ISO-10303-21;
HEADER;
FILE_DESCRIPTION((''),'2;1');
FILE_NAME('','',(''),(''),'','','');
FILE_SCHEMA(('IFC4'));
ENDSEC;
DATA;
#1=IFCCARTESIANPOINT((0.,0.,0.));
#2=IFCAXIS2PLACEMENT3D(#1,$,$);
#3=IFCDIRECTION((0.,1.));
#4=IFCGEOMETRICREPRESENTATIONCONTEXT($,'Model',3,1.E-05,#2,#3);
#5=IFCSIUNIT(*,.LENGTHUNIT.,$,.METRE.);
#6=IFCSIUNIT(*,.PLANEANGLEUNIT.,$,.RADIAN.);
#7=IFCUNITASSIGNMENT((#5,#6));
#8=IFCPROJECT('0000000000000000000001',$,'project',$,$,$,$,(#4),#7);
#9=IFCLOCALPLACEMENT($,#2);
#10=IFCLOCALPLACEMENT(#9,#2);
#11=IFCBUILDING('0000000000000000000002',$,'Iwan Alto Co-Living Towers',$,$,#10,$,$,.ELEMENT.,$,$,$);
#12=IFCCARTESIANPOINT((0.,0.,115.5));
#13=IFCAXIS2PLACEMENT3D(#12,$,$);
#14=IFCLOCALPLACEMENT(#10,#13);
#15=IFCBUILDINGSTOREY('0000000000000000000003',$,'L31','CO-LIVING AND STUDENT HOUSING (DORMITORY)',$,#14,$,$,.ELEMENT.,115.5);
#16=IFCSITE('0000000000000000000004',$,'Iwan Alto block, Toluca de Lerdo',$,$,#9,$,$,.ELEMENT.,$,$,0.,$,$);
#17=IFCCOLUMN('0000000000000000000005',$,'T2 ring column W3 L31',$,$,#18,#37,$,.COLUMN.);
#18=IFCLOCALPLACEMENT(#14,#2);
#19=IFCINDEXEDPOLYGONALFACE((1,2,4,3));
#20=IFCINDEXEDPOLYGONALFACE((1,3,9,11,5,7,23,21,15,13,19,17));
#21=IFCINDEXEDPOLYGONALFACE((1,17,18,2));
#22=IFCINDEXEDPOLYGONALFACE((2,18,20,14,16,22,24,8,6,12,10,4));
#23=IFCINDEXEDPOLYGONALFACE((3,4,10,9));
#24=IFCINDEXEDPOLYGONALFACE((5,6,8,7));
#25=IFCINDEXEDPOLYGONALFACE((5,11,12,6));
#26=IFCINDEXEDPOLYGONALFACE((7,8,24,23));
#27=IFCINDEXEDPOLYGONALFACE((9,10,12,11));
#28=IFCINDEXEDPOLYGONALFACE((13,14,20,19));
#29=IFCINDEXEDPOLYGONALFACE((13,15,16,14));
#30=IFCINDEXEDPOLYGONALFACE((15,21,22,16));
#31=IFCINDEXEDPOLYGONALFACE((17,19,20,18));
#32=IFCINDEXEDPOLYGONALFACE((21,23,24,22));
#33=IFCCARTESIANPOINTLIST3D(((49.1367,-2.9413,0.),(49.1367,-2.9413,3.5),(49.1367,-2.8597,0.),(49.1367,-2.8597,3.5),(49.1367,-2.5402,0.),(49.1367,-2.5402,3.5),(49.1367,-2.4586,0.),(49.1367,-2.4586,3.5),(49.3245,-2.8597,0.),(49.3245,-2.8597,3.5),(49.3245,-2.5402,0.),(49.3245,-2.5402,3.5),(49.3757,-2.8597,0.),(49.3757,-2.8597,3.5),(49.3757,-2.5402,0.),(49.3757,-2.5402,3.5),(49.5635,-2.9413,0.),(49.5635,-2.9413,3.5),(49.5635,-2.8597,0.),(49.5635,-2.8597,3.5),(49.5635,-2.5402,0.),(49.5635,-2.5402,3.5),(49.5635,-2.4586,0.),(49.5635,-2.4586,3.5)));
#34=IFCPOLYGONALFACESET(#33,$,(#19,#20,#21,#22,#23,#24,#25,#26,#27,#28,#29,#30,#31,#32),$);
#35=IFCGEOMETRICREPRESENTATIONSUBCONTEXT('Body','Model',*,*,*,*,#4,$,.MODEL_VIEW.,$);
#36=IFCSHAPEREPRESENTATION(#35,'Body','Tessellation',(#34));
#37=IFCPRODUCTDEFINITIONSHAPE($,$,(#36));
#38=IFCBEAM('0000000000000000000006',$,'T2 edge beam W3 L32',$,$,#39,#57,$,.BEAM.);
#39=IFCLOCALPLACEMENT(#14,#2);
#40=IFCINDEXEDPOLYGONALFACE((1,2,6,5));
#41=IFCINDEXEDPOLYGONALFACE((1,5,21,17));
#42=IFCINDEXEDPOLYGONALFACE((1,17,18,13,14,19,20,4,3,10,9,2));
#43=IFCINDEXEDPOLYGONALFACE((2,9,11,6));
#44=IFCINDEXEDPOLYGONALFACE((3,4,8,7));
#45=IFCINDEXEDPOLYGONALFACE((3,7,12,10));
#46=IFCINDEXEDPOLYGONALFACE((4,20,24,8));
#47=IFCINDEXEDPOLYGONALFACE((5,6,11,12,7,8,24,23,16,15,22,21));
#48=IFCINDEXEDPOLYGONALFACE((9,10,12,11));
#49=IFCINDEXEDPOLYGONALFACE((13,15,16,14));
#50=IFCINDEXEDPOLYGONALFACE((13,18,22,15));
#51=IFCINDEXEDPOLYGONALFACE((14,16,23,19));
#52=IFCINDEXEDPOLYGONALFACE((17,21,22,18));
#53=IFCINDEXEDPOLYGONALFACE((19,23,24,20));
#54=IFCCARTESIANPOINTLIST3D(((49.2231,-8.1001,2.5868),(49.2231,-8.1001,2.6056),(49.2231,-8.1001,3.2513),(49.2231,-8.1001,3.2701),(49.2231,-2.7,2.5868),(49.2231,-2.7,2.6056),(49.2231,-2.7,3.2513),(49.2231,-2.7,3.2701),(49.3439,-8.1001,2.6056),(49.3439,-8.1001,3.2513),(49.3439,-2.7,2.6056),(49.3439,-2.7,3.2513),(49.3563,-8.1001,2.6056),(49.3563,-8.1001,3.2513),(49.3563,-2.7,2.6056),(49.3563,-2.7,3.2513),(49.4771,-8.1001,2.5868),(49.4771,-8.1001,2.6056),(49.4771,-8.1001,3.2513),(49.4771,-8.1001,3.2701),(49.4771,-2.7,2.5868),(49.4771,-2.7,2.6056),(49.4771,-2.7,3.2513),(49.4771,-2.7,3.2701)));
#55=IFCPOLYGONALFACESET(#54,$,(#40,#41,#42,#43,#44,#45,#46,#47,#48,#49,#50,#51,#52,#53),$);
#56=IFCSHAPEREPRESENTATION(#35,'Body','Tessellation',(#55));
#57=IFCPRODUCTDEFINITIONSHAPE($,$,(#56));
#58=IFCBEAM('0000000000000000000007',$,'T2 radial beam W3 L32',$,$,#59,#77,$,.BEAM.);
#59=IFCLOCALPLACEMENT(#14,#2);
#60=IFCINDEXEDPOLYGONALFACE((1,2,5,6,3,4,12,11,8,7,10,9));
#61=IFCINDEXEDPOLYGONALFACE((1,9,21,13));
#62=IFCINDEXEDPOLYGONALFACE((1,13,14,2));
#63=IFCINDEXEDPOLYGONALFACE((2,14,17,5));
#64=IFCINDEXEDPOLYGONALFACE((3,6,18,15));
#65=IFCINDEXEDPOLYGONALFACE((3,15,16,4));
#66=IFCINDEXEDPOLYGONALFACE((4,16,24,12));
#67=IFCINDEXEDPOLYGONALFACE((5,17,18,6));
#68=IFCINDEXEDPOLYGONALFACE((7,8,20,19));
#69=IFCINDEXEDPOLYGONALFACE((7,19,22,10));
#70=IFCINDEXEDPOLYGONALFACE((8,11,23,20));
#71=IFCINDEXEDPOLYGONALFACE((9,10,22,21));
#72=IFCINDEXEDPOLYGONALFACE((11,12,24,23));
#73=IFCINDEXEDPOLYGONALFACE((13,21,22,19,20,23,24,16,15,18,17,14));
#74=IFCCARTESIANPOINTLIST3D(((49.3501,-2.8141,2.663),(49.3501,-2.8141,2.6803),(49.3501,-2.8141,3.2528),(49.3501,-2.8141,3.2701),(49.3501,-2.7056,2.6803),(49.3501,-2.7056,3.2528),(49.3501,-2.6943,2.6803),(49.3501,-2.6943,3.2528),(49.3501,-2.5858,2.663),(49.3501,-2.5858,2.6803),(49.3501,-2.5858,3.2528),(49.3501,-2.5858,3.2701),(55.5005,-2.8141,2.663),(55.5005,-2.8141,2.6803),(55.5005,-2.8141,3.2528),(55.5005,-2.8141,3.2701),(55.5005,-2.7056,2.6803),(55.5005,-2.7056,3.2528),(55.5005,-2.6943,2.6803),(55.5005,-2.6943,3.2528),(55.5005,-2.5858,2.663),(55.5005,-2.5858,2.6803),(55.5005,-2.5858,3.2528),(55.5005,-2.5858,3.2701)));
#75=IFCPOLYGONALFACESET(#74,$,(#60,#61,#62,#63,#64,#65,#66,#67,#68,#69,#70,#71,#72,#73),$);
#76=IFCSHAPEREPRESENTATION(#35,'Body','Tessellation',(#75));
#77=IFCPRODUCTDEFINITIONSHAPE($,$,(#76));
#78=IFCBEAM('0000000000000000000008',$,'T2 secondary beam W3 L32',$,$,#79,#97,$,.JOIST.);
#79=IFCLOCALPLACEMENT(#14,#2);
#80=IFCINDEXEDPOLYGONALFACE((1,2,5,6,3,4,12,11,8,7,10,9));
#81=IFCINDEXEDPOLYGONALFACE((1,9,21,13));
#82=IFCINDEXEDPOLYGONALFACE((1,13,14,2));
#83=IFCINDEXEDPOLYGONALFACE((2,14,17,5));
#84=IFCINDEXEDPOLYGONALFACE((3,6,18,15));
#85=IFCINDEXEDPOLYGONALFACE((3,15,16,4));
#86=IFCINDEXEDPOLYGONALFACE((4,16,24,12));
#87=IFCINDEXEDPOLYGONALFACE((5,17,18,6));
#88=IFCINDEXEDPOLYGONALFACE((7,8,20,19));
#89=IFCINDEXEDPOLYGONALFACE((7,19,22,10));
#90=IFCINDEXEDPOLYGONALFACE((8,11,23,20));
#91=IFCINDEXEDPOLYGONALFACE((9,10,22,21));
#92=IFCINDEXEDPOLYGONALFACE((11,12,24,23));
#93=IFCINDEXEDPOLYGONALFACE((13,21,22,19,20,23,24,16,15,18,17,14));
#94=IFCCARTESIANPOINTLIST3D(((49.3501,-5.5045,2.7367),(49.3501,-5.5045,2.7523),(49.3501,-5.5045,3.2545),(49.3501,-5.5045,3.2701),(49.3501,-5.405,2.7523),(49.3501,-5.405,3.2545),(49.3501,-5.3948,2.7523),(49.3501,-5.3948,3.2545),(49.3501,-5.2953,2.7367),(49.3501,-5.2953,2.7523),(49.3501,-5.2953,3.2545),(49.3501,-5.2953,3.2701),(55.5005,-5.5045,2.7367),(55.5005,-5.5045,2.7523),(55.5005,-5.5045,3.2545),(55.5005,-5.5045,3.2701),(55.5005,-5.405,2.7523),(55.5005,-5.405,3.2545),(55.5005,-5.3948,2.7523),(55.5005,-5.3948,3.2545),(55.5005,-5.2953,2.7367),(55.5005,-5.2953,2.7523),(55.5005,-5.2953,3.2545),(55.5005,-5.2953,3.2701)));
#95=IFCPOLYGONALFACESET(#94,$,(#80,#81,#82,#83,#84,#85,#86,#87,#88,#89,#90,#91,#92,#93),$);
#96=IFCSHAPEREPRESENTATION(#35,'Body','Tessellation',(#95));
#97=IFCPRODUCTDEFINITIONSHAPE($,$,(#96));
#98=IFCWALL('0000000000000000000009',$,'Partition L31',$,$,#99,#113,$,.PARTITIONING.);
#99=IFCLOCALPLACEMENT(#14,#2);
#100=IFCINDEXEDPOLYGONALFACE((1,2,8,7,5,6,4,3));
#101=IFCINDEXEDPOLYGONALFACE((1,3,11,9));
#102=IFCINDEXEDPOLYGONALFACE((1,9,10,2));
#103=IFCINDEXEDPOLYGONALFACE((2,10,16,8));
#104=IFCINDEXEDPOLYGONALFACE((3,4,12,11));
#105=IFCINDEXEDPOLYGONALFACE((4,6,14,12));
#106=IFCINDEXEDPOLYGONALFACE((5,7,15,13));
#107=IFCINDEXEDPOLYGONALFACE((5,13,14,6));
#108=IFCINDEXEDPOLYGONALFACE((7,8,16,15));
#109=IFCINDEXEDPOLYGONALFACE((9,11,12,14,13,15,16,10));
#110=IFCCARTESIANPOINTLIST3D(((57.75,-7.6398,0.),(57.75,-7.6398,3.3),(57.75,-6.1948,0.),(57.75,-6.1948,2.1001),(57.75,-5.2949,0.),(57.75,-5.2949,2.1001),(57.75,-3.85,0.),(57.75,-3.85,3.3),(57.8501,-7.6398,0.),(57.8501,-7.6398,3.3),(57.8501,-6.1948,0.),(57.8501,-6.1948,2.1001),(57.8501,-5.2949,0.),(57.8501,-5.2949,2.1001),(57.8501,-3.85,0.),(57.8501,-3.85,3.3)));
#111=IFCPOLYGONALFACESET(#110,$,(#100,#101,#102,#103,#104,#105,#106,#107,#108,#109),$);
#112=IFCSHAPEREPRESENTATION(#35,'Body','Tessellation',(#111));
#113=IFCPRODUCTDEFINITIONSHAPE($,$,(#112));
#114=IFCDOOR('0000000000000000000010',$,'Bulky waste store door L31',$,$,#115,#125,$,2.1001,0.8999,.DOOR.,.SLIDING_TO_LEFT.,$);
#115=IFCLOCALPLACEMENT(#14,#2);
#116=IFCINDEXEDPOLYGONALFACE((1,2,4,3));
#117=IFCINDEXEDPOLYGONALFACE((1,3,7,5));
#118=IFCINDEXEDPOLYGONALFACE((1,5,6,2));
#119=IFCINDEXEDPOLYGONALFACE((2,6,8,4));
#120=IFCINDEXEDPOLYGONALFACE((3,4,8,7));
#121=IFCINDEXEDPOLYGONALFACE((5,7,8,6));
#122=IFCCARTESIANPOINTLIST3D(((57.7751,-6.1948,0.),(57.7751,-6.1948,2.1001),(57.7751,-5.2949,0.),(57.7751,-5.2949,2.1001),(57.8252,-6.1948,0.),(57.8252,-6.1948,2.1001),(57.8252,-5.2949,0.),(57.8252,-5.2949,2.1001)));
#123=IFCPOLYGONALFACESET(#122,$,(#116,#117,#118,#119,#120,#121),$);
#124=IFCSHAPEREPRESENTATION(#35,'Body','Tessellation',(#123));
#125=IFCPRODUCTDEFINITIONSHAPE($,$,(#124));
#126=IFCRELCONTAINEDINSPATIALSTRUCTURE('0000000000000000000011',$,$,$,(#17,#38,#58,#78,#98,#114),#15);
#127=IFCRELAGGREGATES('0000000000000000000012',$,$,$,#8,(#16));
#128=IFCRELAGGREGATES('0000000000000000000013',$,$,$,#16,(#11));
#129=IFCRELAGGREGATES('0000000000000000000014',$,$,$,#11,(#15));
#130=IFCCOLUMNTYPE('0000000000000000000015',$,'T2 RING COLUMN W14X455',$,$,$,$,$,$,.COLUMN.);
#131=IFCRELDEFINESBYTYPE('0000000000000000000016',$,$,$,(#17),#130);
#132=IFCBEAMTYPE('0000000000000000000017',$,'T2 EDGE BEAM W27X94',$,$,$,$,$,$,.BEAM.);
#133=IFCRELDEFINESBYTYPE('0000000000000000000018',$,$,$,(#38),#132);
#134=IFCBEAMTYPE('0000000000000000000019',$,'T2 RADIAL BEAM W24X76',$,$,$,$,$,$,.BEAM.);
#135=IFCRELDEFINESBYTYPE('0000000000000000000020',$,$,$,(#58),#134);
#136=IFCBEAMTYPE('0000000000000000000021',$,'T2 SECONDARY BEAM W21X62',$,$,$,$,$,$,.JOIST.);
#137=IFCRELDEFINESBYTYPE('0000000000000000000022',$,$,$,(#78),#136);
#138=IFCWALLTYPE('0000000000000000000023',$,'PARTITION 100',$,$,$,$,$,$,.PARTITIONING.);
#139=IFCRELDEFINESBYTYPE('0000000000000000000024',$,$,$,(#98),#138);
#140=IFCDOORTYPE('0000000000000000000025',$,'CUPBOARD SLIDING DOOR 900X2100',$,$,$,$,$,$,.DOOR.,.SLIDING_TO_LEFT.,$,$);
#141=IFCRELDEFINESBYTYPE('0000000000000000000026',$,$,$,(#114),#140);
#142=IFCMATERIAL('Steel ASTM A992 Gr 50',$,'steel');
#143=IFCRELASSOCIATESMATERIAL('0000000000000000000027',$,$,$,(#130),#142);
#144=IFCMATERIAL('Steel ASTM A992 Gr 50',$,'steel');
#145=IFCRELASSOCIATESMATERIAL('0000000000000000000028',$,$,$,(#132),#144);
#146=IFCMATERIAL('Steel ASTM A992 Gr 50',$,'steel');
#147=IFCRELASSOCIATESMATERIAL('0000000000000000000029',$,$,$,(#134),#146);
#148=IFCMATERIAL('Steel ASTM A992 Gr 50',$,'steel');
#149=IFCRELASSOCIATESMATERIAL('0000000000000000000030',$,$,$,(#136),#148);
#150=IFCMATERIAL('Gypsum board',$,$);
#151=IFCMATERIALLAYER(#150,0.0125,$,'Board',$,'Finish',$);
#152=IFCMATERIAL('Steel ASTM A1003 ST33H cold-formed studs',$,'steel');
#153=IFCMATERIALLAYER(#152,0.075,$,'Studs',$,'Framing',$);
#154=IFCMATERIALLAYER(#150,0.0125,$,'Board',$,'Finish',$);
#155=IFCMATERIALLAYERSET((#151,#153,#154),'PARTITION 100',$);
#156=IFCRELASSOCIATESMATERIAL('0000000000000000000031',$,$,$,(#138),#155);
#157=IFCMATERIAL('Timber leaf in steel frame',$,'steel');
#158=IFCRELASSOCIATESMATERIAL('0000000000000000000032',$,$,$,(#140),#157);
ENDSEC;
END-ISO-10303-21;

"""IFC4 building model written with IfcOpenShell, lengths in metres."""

from ifc_helpers import new_model, si_unit, direction, frame, frame_2d, origin, origin_2d, place, context, subcontext, project, spatial, rectangle, i_section, extrude, material, layer, layer_set, material_profile, profile_set, type_object, element, fill, save


model = new_model("IFC4")

# Units and contexts
model_context = context("Model", 3, precision=1e-05, world=origin(), true_north=direction((0.0, 1.0)))
body_context = subcontext(model_context, "Body", "Model", "MODEL_VIEW")
ifc_project = project(units=[si_unit("LENGTHUNIT", "METRE"), si_unit("PLANEANGLEUNIT", "RADIAN")], contexts=[model_context])

# Site, building, storey
site_placement = place(None, origin())
site = spatial("IfcSite", under=ifc_project, at=site_placement, Name="Iwan Alto block, Toluca de Lerdo", CompositionType="ELEMENT", RefElevation=0.0)
building_placement = place(site_placement, origin())
building = spatial("IfcBuilding", under=site, at=building_placement, Name="Iwan Alto Co-Living Towers", CompositionType="ELEMENT")
storey_placement = place(building_placement, frame((0.0, 0.0, 115.5)))
storey = spatial("IfcBuildingStorey", under=building, at=storey_placement, Name="L31", Description="CO-LIVING AND STUDENT HOUSING (DORMITORY)", CompositionType="ELEMENT", Elevation=115.5)

# Column
ifc_material_1 = material(Name="Steel ASTM A992 Gr 50", Category="steel")
ifc_material_profile_1 = material_profile(ifc_material_1, i_section(OverallWidth=0.4268, OverallDepth=0.4827, WebThickness=0.0513, FlangeThickness=0.0815, at=origin_2d()), Name="W14X455")
ifc_profile_set_1 = profile_set([ifc_material_profile_1], Name="Steel ASTM A992 Gr 50")
column_type = type_object("IfcColumnType", Name="T2 RING COLUMN W14X455", PredefinedType="COLUMN", material=ifc_profile_set_1)
column_placement = place(storey_placement, frame((49.3501, -2.7, 0.0), z_axis=(0.0, 0.0, 1.0), x_axis=(1.0, 0.0, 0.0)))
element("IfcColumn", 1, at=column_placement, inside=storey, type_object=column_type, Name="T2 ring column W3 L31", PredefinedType="COLUMN", context=body_context, shape_type="SweptSolid", body=[
    extrude(i_section(OverallWidth=0.4268, OverallDepth=0.4827, WebThickness=0.0513, FlangeThickness=0.0815, at=origin_2d()), origin(), (0.0, 0.0, 1.0), 3.5),
])

# Beams
ifc_material_2 = material(Name="Steel ASTM A992 Gr 50", Category="steel")
ifc_material_profile_2 = material_profile(ifc_material_2, i_section(OverallWidth=0.2539, OverallDepth=0.6833, WebThickness=0.0125, FlangeThickness=0.0188, at=origin_2d()), Name="W27X94")
ifc_profile_set_2 = profile_set([ifc_material_profile_2], Name="Steel ASTM A992 Gr 50")
beam_type_1 = type_object("IfcBeamType", Name="T2 EDGE BEAM W27X94", PredefinedType="BEAM", material=ifc_profile_set_2)
beam_1_placement = place(storey_placement, frame((49.3501, -2.7, 2.9285), z_axis=(0.0, -1.0, 0.0), x_axis=(1.0, 0.0, 0.0)))
element("IfcBeam", 2, at=beam_1_placement, inside=storey, type_object=beam_type_1, Name="T2 edge beam W3 L32", PredefinedType="BEAM", context=body_context, shape_type="SweptSolid", body=[
    extrude(i_section(OverallWidth=0.2539, OverallDepth=0.6833, WebThickness=0.0125, FlangeThickness=0.0188, at=origin_2d()), origin(), (0.0, 0.0, 1.0), 5.4001),
])
ifc_material_3 = material(Name="Steel ASTM A992 Gr 50", Category="steel")
ifc_material_profile_3 = material_profile(ifc_material_3, i_section(OverallWidth=0.2283, OverallDepth=0.6072, WebThickness=0.0112, FlangeThickness=0.0173, at=origin_2d()), Name="W24X76")
ifc_profile_set_3 = profile_set([ifc_material_profile_3], Name="Steel ASTM A992 Gr 50")
beam_type_2 = type_object("IfcBeamType", Name="T2 RADIAL BEAM W24X76", PredefinedType="BEAM", material=ifc_profile_set_3)
beam_2_placement = place(storey_placement, frame((49.3501, -2.7, 2.9666), z_axis=(1.0, 0.0, 0.0), x_axis=(0.0, 1.0, 0.0)))
element("IfcBeam", 3, at=beam_2_placement, inside=storey, type_object=beam_type_2, Name="T2 radial beam W3 L32", PredefinedType="BEAM", context=body_context, shape_type="SweptSolid", body=[
    extrude(i_section(OverallWidth=0.2283, OverallDepth=0.6072, WebThickness=0.0112, FlangeThickness=0.0173, at=origin_2d()), origin(), (0.0, 0.0, 1.0), 6.1504),
])
ifc_material_4 = material(Name="Steel ASTM A992 Gr 50", Category="steel")
ifc_material_profile_4 = material_profile(ifc_material_4, i_section(OverallWidth=0.2092, OverallDepth=0.5334, WebThickness=0.0103, FlangeThickness=0.0156, at=origin_2d()), Name="W21X62")
ifc_profile_set_4 = profile_set([ifc_material_profile_4], Name="Steel ASTM A992 Gr 50")
beam_type_3 = type_object("IfcBeamType", Name="T2 SECONDARY BEAM W21X62", PredefinedType="JOIST", material=ifc_profile_set_4)
beam_3_placement = place(storey_placement, frame((49.3501, -5.3999, 3.0034), z_axis=(1.0, 0.0, 0.0), x_axis=(0.0, 1.0, 0.0)))
element("IfcBeam", 4, at=beam_3_placement, inside=storey, type_object=beam_type_3, Name="T2 secondary beam W3 L32", PredefinedType="JOIST", context=body_context, shape_type="SweptSolid", body=[
    extrude(i_section(OverallWidth=0.2092, OverallDepth=0.5334, WebThickness=0.0103, FlangeThickness=0.0156, at=origin_2d()), origin(), (0.0, 0.0, 1.0), 6.1504),
])

# Wall, opening, door
ifc_material_5 = material(Name="Gypsum board")
ifc_layer_1 = layer(ifc_material_5, 0.0125, Name="Board", Category="Finish")
ifc_material_6 = material(Name="Steel ASTM A1003 ST33H cold-formed studs", Category="steel")
ifc_layer_2 = layer(ifc_material_6, 0.075, Name="Studs", Category="Framing")
ifc_layer_3 = layer(ifc_material_5, 0.0125, Name="Board", Category="Finish")
ifc_layer_set_1 = layer_set([ifc_layer_1, ifc_layer_2, ifc_layer_3], Name="PARTITION 100")
wall_type_1 = type_object("IfcWallType", Name="PARTITION 100", PredefinedType="PARTITIONING", material=ifc_layer_set_1)
wall_1_placement = place(storey_placement, frame((57.8, -7.6399, 0.0), z_axis=(0.0, 0.0, 1.0), x_axis=(0.0, 1.0, 0.0)))
wall_1 = element("IfcWall", 5, at=wall_1_placement, inside=storey, type_object=wall_type_1, Name="Partition L31", PredefinedType="PARTITIONING", context=body_context, shape_type="SweptSolid", body=[
    extrude(rectangle(XDim=3.7898, YDim=0.1001, at=frame_2d((1.895, 0.0))), origin(), (0.0, 0.0, 1.0), 3.3),
])
opening_1_placement = place(wall_1_placement, frame((1.4451, 0.0, 0.0)))
opening_1 = element("IfcOpeningElement", 6, at=opening_1_placement, cuts=wall_1, PredefinedType="OPENING", context=body_context, shape_type="SweptSolid", body=[
    extrude(rectangle(XDim=0.8999, YDim=2.1001, at=frame_2d((0.45, 1.05))), frame((0.0, 0.0601, 0.0), z_axis=(0.0, -1.0, 0.0), x_axis=(1.0, 0.0, 0.0)), (0.0, 0.0, 1.0), 0.1201),
])
ifc_material_7 = material(Name="Timber leaf in steel frame", Category="steel")
door_type_1 = type_object("IfcDoorType", Name="CUPBOARD SLIDING DOOR 900X2100", OperationType="SLIDING_TO_LEFT", PredefinedType="DOOR", material=ifc_material_7)
door_1_placement = place(opening_1_placement, origin())
door_1 = element("IfcDoor", 7, at=door_1_placement, inside=storey, type_object=door_type_1, Name="Bulky waste store door L31", OperationType="SLIDING_TO_LEFT", OverallHeight=2.1001, OverallWidth=0.8999, PredefinedType="DOOR", context=body_context, shape_type="SweptSolid", body=[
    extrude(rectangle(XDim=0.8999, YDim=2.1001, at=frame_2d((0.45, 1.05))), frame((0.0, 0.0249, 0.0), z_axis=(0.0, -1.0, 0.0), x_axis=(1.0, 0.0, 0.0)), (0.0, 0.0, 1.0), 0.05),
])
fill(opening_1, door_1)

save(model, "model.ifc")
